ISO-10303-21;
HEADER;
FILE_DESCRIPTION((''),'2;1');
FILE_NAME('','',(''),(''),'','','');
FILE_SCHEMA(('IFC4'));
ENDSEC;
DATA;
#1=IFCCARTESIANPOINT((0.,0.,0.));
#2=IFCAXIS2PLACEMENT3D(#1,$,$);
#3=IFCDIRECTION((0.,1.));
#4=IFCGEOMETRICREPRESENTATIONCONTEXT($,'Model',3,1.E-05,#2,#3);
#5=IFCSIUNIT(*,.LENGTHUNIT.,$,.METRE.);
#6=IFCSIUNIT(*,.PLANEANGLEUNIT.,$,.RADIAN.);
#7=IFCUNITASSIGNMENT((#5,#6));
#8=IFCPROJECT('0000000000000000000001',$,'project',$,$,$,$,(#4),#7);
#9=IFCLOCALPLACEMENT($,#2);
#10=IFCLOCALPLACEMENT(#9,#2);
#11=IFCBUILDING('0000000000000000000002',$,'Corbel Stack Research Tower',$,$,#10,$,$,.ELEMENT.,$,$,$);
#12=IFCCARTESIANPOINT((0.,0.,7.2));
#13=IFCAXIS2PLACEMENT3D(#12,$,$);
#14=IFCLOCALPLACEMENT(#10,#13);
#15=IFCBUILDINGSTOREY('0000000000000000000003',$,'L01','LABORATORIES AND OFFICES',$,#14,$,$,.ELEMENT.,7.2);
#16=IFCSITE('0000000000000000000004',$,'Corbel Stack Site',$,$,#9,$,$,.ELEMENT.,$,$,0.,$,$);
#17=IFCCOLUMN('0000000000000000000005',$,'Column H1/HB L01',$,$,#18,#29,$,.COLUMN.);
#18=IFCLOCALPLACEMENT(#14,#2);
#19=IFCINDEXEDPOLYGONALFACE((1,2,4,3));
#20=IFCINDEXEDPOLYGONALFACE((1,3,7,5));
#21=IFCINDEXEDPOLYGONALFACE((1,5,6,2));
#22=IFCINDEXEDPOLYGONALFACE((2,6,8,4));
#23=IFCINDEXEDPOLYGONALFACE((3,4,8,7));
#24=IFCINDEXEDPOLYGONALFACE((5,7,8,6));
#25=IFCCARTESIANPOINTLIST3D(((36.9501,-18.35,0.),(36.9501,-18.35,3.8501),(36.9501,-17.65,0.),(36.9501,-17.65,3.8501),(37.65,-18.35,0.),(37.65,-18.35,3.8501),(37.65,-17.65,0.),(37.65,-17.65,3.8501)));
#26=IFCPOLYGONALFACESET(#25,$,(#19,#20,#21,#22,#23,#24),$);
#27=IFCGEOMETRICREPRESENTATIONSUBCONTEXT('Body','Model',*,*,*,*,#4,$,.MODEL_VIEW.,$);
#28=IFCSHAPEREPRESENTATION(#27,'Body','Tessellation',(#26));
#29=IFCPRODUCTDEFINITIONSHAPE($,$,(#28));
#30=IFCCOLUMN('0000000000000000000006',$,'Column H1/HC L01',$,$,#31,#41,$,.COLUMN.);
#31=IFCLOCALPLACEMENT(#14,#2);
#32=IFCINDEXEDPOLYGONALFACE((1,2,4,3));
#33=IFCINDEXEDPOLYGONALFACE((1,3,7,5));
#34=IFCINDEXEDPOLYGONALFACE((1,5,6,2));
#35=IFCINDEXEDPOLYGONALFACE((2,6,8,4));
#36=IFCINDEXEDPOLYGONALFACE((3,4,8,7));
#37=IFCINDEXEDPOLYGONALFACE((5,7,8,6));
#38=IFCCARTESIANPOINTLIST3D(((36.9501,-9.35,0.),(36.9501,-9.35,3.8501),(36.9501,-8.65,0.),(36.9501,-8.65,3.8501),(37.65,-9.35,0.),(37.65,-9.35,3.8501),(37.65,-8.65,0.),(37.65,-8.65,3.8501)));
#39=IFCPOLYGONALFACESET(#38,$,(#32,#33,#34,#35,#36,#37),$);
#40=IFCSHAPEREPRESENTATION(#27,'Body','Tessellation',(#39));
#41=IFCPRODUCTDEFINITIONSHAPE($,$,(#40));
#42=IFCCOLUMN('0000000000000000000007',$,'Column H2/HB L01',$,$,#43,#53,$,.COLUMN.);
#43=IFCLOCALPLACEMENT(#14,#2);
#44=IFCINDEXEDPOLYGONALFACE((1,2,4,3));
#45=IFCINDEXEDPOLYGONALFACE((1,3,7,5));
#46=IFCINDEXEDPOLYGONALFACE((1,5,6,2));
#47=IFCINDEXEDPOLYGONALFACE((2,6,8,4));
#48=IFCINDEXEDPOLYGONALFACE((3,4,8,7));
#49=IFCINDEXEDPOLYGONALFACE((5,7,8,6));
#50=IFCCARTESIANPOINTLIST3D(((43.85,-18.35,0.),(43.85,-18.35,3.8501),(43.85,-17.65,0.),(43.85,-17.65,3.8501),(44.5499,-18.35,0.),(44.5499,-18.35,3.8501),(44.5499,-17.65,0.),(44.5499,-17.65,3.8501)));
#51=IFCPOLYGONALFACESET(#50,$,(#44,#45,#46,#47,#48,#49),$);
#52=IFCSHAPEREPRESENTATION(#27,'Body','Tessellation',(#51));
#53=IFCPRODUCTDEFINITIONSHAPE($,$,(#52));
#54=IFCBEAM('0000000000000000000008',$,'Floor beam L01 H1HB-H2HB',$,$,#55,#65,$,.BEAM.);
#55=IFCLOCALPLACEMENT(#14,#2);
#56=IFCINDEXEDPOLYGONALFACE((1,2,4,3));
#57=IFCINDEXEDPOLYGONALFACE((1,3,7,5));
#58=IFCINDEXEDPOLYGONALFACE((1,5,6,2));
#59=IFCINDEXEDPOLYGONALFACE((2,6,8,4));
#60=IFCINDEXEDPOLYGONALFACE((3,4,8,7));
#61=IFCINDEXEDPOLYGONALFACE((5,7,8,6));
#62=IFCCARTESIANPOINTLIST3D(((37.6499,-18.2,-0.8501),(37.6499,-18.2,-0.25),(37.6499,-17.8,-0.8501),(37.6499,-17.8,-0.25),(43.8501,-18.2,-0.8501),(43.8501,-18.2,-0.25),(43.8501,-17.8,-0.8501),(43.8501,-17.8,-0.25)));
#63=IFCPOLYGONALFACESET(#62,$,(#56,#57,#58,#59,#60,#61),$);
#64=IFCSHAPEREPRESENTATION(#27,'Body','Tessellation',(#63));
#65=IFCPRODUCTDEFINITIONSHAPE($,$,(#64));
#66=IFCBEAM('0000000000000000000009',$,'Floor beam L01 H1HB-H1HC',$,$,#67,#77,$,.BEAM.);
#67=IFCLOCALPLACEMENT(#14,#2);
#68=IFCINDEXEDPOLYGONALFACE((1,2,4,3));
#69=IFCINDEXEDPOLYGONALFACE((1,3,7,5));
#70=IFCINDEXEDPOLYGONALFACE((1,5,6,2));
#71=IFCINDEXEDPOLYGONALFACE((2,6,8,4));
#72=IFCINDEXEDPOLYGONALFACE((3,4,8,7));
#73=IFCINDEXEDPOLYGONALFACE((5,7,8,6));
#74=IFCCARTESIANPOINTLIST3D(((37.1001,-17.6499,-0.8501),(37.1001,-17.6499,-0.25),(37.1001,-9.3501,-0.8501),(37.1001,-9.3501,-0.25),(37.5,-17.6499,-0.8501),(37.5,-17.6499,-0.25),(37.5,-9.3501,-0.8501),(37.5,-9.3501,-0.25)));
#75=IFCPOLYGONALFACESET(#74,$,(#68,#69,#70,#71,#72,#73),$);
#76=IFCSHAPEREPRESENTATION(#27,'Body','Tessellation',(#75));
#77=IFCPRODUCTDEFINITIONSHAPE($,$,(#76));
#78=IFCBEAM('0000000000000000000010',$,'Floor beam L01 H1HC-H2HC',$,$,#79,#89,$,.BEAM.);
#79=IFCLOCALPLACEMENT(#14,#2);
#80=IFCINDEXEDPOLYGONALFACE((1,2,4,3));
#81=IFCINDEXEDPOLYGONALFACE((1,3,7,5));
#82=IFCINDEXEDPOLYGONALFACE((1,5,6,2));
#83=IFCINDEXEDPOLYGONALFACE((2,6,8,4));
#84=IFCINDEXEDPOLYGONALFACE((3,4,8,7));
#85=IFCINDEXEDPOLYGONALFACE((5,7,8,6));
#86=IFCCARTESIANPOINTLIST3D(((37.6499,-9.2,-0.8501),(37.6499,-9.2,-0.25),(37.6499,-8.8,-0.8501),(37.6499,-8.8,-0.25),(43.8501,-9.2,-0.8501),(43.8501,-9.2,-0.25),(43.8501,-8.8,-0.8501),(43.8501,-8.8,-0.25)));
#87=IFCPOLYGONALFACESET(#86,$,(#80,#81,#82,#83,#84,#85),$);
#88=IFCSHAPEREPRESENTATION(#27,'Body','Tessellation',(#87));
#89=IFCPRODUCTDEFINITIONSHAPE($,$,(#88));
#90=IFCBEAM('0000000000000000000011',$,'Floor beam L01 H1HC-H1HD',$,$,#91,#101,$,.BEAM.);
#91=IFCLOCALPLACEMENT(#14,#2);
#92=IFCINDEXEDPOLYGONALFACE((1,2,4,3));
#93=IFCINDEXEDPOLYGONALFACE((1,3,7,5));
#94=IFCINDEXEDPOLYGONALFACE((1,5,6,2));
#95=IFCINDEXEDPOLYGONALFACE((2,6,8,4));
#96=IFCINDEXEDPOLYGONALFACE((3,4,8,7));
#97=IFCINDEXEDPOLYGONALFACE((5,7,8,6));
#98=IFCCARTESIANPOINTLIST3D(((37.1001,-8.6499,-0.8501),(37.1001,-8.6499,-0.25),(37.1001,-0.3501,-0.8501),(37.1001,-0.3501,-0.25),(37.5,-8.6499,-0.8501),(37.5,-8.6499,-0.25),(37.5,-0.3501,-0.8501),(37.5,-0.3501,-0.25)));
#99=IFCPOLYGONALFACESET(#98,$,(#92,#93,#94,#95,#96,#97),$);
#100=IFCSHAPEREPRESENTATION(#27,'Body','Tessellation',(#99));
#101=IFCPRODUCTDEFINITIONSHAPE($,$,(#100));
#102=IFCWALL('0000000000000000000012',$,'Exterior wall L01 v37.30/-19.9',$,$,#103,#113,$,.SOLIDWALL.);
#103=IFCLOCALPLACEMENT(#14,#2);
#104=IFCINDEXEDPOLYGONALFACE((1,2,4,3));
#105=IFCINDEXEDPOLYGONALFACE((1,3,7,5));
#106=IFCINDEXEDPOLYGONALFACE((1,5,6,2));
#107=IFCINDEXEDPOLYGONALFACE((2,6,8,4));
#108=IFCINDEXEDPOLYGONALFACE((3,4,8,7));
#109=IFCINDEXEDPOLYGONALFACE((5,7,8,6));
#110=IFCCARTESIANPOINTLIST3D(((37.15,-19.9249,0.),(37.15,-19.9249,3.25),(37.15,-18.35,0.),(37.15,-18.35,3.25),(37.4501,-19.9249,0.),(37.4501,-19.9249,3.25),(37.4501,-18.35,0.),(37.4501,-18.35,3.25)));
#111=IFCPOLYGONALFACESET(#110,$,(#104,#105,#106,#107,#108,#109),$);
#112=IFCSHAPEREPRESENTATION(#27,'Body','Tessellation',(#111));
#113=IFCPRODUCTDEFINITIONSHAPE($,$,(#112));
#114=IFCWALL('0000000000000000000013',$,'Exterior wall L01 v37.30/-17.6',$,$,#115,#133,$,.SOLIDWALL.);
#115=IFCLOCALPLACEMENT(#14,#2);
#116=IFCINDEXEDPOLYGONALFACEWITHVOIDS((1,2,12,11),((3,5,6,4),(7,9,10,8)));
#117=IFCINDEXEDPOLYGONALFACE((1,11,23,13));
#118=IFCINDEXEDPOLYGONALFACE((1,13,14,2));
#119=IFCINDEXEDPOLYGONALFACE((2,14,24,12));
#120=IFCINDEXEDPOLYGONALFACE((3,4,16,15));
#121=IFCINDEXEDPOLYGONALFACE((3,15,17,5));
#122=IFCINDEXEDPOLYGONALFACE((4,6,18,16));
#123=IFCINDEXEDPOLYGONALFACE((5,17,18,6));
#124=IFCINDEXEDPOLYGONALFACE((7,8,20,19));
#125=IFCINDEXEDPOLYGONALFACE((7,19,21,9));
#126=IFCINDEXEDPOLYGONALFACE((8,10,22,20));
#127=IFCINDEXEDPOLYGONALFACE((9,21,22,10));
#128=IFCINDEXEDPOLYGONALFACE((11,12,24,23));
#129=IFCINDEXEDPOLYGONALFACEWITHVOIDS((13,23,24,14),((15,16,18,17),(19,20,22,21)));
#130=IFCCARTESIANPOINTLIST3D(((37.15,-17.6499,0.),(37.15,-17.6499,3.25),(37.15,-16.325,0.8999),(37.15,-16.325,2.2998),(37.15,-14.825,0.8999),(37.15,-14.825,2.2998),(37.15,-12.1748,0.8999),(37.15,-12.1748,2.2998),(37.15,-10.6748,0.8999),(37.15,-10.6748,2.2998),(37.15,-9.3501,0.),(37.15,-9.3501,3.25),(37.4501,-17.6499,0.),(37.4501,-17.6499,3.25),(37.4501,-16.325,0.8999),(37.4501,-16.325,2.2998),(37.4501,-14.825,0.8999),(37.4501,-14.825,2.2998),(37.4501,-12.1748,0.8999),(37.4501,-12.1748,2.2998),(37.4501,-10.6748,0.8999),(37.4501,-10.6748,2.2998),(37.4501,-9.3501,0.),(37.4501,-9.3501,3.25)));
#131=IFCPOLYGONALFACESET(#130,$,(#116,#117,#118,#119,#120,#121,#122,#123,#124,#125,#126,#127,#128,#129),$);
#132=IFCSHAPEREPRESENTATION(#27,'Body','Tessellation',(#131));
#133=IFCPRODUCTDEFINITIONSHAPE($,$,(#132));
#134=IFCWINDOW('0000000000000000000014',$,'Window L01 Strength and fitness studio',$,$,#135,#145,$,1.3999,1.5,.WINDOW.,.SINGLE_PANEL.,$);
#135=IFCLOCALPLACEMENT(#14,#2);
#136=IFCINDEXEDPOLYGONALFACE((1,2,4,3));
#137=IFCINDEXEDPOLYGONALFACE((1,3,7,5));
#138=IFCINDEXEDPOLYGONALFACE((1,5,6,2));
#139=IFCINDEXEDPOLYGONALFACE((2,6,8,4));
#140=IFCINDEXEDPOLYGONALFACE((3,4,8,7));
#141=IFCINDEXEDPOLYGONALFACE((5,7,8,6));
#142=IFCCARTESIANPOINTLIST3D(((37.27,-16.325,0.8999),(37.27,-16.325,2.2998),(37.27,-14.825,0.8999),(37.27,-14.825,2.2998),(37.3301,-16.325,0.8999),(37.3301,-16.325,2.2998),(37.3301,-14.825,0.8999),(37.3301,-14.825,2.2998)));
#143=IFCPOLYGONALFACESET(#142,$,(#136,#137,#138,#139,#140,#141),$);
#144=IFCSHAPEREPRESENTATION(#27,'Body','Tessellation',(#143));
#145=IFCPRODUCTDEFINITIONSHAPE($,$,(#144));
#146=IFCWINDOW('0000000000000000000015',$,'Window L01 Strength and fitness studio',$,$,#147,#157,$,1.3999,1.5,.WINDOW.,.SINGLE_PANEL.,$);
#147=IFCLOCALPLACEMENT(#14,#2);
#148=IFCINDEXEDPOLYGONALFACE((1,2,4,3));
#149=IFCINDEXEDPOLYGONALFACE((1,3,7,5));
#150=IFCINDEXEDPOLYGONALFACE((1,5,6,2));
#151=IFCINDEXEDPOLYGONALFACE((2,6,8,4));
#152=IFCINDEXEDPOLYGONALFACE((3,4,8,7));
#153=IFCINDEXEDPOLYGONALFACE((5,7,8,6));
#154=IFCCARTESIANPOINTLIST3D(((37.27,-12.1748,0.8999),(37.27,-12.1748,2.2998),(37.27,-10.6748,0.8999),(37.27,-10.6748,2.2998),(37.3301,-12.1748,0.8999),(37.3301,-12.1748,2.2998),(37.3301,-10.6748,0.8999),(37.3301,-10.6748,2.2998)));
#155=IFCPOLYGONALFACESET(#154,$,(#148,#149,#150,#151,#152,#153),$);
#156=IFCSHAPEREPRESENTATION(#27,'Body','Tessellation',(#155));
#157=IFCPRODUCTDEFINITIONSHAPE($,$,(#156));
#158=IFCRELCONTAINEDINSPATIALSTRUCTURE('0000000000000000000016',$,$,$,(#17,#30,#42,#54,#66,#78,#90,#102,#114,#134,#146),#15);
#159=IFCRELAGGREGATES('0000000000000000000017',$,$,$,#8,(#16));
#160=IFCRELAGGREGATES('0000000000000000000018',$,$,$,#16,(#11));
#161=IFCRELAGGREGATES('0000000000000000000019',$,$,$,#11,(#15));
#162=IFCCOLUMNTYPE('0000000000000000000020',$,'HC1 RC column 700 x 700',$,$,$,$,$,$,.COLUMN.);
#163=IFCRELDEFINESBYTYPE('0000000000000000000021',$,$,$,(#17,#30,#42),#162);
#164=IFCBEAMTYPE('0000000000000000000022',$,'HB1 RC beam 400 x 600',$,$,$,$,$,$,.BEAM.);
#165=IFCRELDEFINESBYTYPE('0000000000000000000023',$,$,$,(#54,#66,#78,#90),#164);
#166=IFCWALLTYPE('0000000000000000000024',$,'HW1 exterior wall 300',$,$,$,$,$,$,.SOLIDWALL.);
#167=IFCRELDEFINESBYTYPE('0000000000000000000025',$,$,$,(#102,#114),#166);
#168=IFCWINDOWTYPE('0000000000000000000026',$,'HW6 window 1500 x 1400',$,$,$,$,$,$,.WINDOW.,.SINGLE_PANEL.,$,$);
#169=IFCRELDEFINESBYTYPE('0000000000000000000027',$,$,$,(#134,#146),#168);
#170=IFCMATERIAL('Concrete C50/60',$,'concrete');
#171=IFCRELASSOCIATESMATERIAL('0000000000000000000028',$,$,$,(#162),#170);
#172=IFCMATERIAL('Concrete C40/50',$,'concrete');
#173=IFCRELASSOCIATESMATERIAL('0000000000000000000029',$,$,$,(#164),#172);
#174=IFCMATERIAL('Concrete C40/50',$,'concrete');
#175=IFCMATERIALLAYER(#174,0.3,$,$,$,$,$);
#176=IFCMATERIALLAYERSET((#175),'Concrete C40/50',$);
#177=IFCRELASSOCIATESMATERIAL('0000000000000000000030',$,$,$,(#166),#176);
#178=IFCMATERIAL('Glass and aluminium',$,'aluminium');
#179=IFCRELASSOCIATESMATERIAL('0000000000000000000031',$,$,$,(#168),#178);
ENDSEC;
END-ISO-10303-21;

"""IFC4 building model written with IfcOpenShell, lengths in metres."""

from ifc_helpers import new_model, si_unit, direction, frame, frame_2d, origin, origin_2d, place, context, subcontext, project, spatial, rectangle, extrude, material, layer, layer_set, material_profile, profile_set, type_object, element, fill, save


model = new_model("IFC4")

# Units and contexts
model_context = context("Model", 3, precision=1e-05, world=origin(), true_north=direction((0.0, 1.0)))
body_context = subcontext(model_context, "Body", "Model", "MODEL_VIEW")
ifc_project = project(units=[si_unit("LENGTHUNIT", "METRE"), si_unit("PLANEANGLEUNIT", "RADIAN")], contexts=[model_context])

# Site, building, storey
site_placement = place(None, origin())
site = spatial("IfcSite", under=ifc_project, at=site_placement, Name="Corbel Stack Site", CompositionType="ELEMENT", RefElevation=0.0)
building_placement = place(site_placement, origin())
building = spatial("IfcBuilding", under=site, at=building_placement, Name="Corbel Stack Research Tower", CompositionType="ELEMENT")
storey_placement = place(building_placement, frame((0.0, 0.0, 7.2)))
storey = spatial("IfcBuildingStorey", under=building, at=storey_placement, Name="L01", Description="LABORATORIES AND OFFICES", CompositionType="ELEMENT", Elevation=7.2)

# Columns
ifc_material_1 = material(Name="Concrete C50/60", Category="concrete")
ifc_material_profile_1 = material_profile(ifc_material_1, rectangle(XDim=0.7, YDim=0.7, at=origin_2d()), Name="RC 700 x 700")
ifc_profile_set_1 = profile_set([ifc_material_profile_1], Name="Concrete C50/60")
column_type = type_object("IfcColumnType", Name="HC1 RC column 700 x 700", PredefinedType="COLUMN", material=ifc_profile_set_1)
for number, where, z_axis, x_axis, name in (
    (1, (37.3, -18.0, 0.0), (0.0, 0.0, 1.0), (1.0, 0.0, 0.0), "Column H1/HB L01"),
    (2, (37.3, -9.0, 0.0), (0.0, 0.0, 1.0), (1.0, 0.0, 0.0), "Column H1/HC L01"),
    (3, (44.2, -18.0, 0.0), (0.0, 0.0, 1.0), (1.0, 0.0, 0.0), "Column H2/HB L01"),
):
    element("IfcColumn", number, at=place(storey_placement, frame(where, z_axis=z_axis, x_axis=x_axis)), inside=storey, type_object=column_type, Name=name, PredefinedType="COLUMN", context=body_context, shape_type="SweptSolid", body=[
        extrude(rectangle(XDim=0.7, YDim=0.7, at=origin_2d()), origin(), (0.0, 0.0, 1.0), 3.8501),
    ])

# Beams
ifc_material_2 = material(Name="Concrete C40/50", Category="concrete")
ifc_material_profile_2 = material_profile(ifc_material_2, rectangle(XDim=0.3999, YDim=0.6001, at=origin_2d()), Name="RC 400 x 600")
ifc_profile_set_2 = profile_set([ifc_material_profile_2], Name="Concrete C40/50")
beam_type = type_object("IfcBeamType", Name="HB1 RC beam 400 x 600", PredefinedType="BEAM", material=ifc_profile_set_2)
beam_1_placement = place(storey_placement, frame((37.6499, -18.0, -0.55), z_axis=(1.0, 0.0, 0.0), x_axis=(0.0, 1.0, 0.0)))
element("IfcBeam", 4, at=beam_1_placement, inside=storey, type_object=beam_type, Name="Floor beam L01 H1HB-H2HB", PredefinedType="BEAM", context=body_context, shape_type="SweptSolid", body=[
    extrude(rectangle(XDim=0.3999, YDim=0.6001, at=origin_2d()), origin(), (0.0, 0.0, 1.0), 6.2002),
])
beam_2_placement = place(storey_placement, frame((37.3, -17.6499, -0.55), z_axis=(0.0, 1.0, 0.0), x_axis=(-1.0, 0.0, 0.0)))
element("IfcBeam", 5, at=beam_2_placement, inside=storey, type_object=beam_type, Name="Floor beam L01 H1HB-H1HC", PredefinedType="BEAM", context=body_context, shape_type="SweptSolid", body=[
    extrude(rectangle(XDim=0.3999, YDim=0.6001, at=origin_2d()), origin(), (0.0, 0.0, 1.0), 8.2998),
])
beam_3_placement = place(storey_placement, frame((37.6499, -9.0, -0.55), z_axis=(1.0, 0.0, 0.0), x_axis=(0.0, 1.0, 0.0)))
element("IfcBeam", 6, at=beam_3_placement, inside=storey, type_object=beam_type, Name="Floor beam L01 H1HC-H2HC", PredefinedType="BEAM", context=body_context, shape_type="SweptSolid", body=[
    extrude(rectangle(XDim=0.3999, YDim=0.6001, at=origin_2d()), origin(), (0.0, 0.0, 1.0), 6.2002),
])
beam_4_placement = place(storey_placement, frame((37.3, -8.6499, -0.55), z_axis=(0.0, 1.0, 0.0), x_axis=(-1.0, 0.0, 0.0)))
element("IfcBeam", 7, at=beam_4_placement, inside=storey, type_object=beam_type, Name="Floor beam L01 H1HC-H1HD", PredefinedType="BEAM", context=body_context, shape_type="SweptSolid", body=[
    extrude(rectangle(XDim=0.3999, YDim=0.6001, at=origin_2d()), origin(), (0.0, 0.0, 1.0), 8.2998),
])

# Wall
ifc_material_3 = material(Name="Concrete C40/50", Category="concrete")
ifc_layer_1 = layer(ifc_material_3, 0.3)
ifc_layer_set_1 = layer_set([ifc_layer_1], Name="Concrete C40/50")
wall_type_1 = type_object("IfcWallType", Name="HW1 exterior wall 300", PredefinedType="SOLIDWALL", material=ifc_layer_set_1)
wall_1_placement = place(storey_placement, frame((37.3, -19.925, 0.0), z_axis=(0.0, 0.0, 1.0), x_axis=(0.0, 1.0, 0.0)))
element("IfcWall", 8, at=wall_1_placement, inside=storey, type_object=wall_type_1, Name="Exterior wall L01 v37.30/-19.9", PredefinedType="SOLIDWALL", context=body_context, shape_type="SweptSolid", body=[
    extrude(rectangle(XDim=1.575, YDim=0.3, at=frame_2d((0.7876, 0.0))), origin(), (0.0, 0.0, 1.0), 3.25),
])

# Wall, openings, windows
wall_2_placement = place(storey_placement, frame((37.3, -17.6499, 0.0), z_axis=(0.0, 0.0, 1.0), x_axis=(0.0, 1.0, 0.0)))
wall_2 = element("IfcWall", 9, at=wall_2_placement, inside=storey, type_object=wall_type_1, Name="Exterior wall L01 v37.30/-17.6", PredefinedType="SOLIDWALL", context=body_context, shape_type="SweptSolid", body=[
    extrude(rectangle(XDim=8.2998, YDim=0.3, at=frame_2d((4.1499, 0.0))), origin(), (0.0, 0.0, 1.0), 3.25),
])
opening_1_placement = place(wall_2_placement, frame((1.325, 0.0, 0.8999)))
opening_1 = element("IfcOpeningElement", 10, at=opening_1_placement, cuts=wall_2, PredefinedType="OPENING", context=body_context, shape_type="SweptSolid", body=[
    extrude(rectangle(XDim=1.5, YDim=1.3999, at=frame_2d((0.75, 0.7))), frame((0.0, 0.1599, 0.0), z_axis=(0.0, -1.0, 0.0), x_axis=(1.0, 0.0, 0.0)), (0.0, 0.0, 1.0), 0.3201),
])
opening_2_placement = place(wall_2_placement, frame((5.4751, 0.0, 0.8999)))
opening_2 = element("IfcOpeningElement", 11, at=opening_2_placement, cuts=wall_2, PredefinedType="OPENING", context=body_context, shape_type="SweptSolid", body=[
    extrude(rectangle(XDim=1.5, YDim=1.3999, at=frame_2d((0.75, 0.7))), frame((0.0, 0.1599, 0.0), z_axis=(0.0, -1.0, 0.0), x_axis=(1.0, 0.0, 0.0)), (0.0, 0.0, 1.0), 0.3201),
])
ifc_material_4 = material(Name="Glass and aluminium", Category="aluminium")
window_type = type_object("IfcWindowType", Name="HW6 window 1500 x 1400", PartitioningType="SINGLE_PANEL", PredefinedType="WINDOW", material=ifc_material_4)
window_1_placement = place(opening_1_placement, origin())
window_1 = element("IfcWindow", 12, at=window_1_placement, inside=storey, type_object=window_type, Name="Window L01 Strength and fitness studio", OverallHeight=1.3999, OverallWidth=1.5, PartitioningType="SINGLE_PANEL", PredefinedType="WINDOW", context=body_context, shape_type="SweptSolid", body=[
    extrude(rectangle(XDim=1.5, YDim=1.3999, at=frame_2d((0.75, 0.7))), frame((0.0, 0.03, 0.0), z_axis=(0.0, -1.0, 0.0), x_axis=(1.0, 0.0, 0.0)), (0.0, 0.0, 1.0), 0.0601),
])
fill(opening_1, window_1)
window_2_placement = place(opening_2_placement, origin())
window_2 = element("IfcWindow", 13, at=window_2_placement, inside=storey, type_object=window_type, Name="Window L01 Strength and fitness studio", OverallHeight=1.3999, OverallWidth=1.5, PartitioningType="SINGLE_PANEL", PredefinedType="WINDOW", context=body_context, shape_type="SweptSolid", body=[
    extrude(rectangle(XDim=1.5, YDim=1.3999, at=frame_2d((0.75, 0.7))), frame((0.0, 0.03, 0.0), z_axis=(0.0, -1.0, 0.0), x_axis=(1.0, 0.0, 0.0)), (0.0, 0.0, 1.0), 0.0601),
])
fill(opening_2, window_2)

save(model, "model.ifc")
